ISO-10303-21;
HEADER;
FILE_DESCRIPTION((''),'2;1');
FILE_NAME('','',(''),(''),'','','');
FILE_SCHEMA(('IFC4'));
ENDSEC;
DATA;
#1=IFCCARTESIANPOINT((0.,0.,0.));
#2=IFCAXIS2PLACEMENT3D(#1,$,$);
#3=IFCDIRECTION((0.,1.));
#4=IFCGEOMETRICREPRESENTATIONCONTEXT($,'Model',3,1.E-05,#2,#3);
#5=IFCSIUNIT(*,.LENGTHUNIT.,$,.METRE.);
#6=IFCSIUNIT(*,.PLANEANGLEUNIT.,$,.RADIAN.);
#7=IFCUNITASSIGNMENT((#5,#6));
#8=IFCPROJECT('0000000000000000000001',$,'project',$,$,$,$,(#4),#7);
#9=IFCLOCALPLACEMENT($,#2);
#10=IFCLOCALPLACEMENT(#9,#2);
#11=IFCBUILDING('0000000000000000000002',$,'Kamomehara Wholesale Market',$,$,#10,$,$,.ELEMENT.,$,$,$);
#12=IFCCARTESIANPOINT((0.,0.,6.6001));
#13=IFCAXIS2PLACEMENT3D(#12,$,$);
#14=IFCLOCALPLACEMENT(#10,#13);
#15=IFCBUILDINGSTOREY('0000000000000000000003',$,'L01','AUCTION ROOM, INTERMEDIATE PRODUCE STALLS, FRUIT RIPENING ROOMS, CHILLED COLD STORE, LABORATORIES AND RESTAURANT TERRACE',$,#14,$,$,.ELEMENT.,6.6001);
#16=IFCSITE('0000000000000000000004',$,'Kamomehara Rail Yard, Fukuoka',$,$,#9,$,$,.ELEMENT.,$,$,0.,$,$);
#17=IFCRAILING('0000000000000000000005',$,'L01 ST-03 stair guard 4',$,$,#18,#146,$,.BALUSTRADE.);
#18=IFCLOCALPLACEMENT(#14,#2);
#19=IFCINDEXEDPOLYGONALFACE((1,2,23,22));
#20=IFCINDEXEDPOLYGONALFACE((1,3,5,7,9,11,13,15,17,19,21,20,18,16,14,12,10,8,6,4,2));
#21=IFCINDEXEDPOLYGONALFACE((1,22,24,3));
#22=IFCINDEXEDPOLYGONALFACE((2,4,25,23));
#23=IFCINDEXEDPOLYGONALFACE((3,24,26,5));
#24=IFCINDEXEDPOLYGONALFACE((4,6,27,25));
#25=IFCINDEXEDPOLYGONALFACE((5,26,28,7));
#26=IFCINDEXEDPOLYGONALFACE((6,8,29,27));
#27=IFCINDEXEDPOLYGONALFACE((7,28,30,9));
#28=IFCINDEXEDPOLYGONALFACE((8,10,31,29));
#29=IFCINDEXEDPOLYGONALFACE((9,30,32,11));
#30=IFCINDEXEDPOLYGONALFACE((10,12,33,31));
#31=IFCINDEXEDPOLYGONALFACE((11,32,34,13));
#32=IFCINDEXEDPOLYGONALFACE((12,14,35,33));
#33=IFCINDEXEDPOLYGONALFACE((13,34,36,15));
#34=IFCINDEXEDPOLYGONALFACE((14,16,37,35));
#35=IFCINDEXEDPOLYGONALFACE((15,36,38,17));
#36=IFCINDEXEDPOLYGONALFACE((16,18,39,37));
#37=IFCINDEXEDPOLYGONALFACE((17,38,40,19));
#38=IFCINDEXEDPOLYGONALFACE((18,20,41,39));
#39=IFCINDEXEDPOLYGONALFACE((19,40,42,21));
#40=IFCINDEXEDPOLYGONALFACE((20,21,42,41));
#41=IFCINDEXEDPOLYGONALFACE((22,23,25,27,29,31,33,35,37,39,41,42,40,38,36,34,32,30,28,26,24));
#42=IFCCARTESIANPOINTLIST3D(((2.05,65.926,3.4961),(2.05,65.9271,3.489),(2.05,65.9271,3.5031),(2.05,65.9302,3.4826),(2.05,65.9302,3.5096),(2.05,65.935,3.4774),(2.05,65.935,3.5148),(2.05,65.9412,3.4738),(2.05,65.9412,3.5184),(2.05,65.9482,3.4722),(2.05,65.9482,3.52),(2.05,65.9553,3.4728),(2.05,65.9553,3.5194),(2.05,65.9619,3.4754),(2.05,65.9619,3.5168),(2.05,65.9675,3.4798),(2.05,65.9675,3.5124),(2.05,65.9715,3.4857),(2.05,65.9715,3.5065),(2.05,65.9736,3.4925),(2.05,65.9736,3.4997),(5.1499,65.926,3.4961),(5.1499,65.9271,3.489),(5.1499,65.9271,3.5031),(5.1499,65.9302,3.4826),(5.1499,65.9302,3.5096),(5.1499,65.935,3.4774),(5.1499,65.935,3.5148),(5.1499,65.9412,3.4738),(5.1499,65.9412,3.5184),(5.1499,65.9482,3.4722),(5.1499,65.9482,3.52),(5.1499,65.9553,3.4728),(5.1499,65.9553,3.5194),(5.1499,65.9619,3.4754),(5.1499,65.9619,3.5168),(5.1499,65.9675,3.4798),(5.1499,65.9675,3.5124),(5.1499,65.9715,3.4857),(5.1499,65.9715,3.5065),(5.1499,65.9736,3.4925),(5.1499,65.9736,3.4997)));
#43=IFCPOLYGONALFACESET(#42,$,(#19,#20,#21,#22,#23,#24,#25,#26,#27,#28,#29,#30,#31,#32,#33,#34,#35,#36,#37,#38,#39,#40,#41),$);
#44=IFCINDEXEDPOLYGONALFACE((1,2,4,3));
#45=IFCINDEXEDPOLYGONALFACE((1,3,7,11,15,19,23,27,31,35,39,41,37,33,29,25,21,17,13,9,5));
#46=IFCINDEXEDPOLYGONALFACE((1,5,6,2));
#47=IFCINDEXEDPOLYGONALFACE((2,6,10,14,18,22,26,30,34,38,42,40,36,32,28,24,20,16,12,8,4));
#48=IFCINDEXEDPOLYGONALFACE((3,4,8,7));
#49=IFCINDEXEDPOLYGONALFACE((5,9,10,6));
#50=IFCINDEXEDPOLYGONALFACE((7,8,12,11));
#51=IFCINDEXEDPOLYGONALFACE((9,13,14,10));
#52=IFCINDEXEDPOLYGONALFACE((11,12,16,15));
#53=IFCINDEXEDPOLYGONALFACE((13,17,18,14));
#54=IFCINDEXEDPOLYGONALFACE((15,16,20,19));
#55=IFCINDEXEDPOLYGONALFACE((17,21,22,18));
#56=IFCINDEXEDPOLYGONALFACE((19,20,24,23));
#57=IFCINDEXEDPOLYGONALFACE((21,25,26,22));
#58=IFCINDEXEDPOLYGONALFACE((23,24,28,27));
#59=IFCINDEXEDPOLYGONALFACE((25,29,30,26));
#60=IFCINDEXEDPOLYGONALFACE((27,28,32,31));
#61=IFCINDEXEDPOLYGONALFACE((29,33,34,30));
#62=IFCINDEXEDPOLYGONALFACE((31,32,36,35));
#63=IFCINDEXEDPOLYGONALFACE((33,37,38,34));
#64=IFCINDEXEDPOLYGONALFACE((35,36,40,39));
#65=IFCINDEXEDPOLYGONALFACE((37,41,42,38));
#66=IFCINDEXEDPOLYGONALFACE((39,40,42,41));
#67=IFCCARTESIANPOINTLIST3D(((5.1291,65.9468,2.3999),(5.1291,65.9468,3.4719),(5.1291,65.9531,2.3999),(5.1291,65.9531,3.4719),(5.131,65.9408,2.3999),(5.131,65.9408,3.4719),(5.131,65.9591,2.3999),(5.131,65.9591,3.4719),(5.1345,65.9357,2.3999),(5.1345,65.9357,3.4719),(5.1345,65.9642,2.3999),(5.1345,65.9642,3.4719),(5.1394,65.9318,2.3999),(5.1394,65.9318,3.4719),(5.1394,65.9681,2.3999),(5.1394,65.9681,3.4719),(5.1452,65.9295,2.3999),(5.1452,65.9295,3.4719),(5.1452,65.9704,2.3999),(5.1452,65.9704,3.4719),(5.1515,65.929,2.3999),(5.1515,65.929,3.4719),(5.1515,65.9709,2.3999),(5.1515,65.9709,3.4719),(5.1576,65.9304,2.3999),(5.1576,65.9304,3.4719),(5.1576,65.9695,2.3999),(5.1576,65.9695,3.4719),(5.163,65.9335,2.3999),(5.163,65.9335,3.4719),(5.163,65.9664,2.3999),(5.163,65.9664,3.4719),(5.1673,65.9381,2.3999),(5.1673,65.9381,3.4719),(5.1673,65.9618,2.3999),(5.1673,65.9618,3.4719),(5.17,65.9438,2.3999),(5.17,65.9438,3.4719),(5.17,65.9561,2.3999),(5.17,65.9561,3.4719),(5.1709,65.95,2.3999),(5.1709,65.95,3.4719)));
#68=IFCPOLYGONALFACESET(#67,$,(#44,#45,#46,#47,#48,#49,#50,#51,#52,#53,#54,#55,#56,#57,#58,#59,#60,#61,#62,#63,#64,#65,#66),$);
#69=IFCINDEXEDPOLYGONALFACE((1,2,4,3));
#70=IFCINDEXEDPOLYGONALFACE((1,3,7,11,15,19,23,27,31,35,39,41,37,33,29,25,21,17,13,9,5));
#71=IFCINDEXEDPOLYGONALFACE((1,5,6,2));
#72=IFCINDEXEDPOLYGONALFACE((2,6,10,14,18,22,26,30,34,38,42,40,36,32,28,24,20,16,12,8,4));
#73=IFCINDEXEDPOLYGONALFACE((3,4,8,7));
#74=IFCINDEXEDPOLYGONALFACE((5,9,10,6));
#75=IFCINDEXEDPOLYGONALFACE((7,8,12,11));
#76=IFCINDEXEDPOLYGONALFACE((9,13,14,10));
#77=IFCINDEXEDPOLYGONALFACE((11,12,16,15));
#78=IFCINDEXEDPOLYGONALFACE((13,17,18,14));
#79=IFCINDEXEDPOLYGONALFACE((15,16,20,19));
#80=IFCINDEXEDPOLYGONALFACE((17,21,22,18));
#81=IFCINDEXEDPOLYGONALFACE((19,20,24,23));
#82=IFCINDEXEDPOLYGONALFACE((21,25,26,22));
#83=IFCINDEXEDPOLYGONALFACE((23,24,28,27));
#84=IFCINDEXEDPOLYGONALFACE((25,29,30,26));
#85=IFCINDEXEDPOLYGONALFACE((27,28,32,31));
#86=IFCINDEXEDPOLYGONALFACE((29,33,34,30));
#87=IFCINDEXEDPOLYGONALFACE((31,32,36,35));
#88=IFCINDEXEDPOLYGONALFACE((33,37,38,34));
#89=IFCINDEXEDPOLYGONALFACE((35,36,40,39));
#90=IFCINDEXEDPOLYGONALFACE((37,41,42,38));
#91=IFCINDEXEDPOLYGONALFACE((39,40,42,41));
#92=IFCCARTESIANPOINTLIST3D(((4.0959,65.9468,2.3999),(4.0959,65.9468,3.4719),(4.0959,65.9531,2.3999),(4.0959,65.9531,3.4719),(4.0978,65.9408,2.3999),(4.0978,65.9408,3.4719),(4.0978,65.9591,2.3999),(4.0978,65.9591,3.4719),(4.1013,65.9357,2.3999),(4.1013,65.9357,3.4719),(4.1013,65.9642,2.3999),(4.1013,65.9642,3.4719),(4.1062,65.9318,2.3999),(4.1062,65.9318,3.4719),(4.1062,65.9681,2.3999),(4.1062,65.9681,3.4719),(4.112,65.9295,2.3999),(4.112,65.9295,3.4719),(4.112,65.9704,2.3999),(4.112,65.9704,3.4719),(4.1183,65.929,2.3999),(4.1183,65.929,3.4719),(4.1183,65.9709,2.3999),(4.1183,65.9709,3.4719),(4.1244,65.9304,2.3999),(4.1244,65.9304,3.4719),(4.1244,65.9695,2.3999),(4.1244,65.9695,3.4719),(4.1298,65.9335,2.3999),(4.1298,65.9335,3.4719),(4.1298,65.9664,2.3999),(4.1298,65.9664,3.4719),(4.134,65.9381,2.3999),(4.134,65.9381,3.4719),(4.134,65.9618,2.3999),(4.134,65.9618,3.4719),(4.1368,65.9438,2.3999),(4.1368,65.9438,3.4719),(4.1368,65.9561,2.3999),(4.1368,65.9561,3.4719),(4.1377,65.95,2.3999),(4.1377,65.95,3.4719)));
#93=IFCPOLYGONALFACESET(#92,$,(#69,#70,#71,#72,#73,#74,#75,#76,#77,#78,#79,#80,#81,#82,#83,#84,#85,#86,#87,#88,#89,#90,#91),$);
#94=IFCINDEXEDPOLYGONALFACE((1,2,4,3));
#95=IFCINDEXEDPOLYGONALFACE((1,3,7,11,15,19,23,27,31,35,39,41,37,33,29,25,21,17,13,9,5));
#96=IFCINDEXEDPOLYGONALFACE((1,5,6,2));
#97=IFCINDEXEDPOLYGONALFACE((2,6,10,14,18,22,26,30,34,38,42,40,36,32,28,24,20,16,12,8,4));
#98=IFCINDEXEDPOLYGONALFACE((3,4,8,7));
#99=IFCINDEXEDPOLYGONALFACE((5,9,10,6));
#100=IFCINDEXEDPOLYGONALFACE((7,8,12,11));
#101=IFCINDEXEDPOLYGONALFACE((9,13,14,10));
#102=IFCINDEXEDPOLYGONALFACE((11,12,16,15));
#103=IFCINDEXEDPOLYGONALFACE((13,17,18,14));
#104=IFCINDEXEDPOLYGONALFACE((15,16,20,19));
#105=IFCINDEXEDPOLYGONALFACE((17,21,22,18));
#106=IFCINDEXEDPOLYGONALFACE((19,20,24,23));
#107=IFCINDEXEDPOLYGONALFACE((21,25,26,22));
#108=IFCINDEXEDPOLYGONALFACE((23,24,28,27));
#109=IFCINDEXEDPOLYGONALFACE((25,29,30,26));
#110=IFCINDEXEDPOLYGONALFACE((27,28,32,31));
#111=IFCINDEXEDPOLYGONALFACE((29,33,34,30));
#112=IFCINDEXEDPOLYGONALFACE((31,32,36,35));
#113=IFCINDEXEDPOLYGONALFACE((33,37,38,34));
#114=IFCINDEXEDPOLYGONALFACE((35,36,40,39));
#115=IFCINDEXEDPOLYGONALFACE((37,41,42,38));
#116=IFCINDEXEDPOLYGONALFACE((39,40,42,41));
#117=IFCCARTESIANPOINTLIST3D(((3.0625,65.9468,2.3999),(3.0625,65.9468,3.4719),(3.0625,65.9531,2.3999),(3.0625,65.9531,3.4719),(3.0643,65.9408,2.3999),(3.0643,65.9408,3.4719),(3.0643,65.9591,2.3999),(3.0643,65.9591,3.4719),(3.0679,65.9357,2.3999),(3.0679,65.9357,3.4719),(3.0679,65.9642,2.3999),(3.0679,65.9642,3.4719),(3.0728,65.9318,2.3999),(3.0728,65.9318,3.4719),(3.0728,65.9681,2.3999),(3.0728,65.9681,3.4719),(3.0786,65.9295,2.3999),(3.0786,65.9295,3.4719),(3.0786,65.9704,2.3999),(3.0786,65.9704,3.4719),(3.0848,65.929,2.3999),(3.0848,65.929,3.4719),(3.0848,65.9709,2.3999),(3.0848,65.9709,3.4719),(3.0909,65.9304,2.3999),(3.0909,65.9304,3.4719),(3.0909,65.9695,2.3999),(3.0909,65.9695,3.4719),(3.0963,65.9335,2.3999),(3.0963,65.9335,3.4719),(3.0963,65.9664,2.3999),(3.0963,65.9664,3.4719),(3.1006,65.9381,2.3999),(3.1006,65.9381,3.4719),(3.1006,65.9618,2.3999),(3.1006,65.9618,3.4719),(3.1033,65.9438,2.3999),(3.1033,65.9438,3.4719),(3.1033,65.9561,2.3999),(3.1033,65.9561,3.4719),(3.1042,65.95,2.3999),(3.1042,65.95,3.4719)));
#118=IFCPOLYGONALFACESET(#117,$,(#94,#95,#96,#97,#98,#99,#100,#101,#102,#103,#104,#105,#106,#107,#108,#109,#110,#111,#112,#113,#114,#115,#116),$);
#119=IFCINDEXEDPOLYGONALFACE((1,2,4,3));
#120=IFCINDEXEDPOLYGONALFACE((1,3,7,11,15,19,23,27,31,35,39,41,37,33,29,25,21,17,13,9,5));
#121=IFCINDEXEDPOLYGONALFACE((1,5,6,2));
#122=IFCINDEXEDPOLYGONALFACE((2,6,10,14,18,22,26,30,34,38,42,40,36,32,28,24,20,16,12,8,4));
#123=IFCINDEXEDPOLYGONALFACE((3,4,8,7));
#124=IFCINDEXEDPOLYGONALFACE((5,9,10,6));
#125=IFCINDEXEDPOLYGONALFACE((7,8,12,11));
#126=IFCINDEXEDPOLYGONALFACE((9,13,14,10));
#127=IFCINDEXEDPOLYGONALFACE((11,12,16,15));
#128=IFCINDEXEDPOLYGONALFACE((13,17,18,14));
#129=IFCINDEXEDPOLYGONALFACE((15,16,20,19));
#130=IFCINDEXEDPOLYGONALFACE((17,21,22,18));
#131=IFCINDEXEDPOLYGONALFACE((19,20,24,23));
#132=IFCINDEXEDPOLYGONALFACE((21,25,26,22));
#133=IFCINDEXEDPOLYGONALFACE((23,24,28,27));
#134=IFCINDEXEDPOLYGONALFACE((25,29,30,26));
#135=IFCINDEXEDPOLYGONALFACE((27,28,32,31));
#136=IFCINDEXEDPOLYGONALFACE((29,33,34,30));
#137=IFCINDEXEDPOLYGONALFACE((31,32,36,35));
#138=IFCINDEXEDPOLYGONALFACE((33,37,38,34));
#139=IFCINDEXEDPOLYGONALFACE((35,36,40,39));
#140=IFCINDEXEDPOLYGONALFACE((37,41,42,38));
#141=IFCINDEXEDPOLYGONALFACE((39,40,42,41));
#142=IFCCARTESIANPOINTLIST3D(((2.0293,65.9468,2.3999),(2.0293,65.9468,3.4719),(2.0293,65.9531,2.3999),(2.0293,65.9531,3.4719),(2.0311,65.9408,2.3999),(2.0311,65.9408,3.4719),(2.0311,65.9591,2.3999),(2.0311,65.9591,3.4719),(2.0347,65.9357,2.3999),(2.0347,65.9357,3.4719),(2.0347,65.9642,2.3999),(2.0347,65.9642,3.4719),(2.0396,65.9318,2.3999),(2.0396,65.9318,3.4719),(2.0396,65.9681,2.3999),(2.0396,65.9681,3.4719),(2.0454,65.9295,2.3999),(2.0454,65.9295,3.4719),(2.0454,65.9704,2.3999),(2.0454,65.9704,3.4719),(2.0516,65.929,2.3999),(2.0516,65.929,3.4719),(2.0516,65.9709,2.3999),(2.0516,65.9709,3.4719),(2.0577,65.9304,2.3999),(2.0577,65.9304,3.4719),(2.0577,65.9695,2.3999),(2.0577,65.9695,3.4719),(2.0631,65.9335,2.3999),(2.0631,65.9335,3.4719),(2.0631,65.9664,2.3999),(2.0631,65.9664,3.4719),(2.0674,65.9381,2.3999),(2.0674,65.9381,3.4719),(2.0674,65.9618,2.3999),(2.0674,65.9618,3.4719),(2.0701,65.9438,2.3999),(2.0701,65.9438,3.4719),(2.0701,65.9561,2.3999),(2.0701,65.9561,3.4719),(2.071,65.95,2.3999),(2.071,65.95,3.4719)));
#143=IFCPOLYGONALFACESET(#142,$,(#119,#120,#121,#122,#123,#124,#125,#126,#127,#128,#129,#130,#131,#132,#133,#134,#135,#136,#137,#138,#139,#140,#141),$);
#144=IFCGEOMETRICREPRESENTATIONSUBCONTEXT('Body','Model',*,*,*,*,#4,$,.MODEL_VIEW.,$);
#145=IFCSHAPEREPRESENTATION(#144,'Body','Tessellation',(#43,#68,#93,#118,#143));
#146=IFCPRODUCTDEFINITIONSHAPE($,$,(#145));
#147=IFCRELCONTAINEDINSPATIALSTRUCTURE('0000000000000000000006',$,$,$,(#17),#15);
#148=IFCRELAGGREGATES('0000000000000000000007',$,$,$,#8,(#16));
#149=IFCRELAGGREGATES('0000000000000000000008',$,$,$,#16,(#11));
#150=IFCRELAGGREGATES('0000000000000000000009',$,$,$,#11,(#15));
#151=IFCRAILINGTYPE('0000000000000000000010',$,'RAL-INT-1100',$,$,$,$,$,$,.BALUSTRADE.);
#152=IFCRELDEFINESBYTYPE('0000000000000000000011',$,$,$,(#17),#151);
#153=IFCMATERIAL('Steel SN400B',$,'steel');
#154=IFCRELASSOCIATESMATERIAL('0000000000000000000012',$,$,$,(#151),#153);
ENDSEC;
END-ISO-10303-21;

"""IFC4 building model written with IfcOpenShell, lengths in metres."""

from ifc_helpers import new_model, si_unit, direction, frame, origin, origin_2d, place, context, subcontext, project, spatial, circle, extrude, material, type_object, element, save


model = new_model("IFC4")

# Units and contexts
model_context = context("Model", 3, precision=1e-05, world=origin(), true_north=direction((0.0, 1.0)))
body_context = subcontext(model_context, "Body", "Model", "MODEL_VIEW")
ifc_project = project(units=[si_unit("LENGTHUNIT", "METRE"), si_unit("PLANEANGLEUNIT", "RADIAN")], contexts=[model_context])

# Site, building, storey
site_placement = place(None, origin())
site = spatial("IfcSite", under=ifc_project, at=site_placement, Name="Kamomehara Rail Yard, Fukuoka", CompositionType="ELEMENT", RefElevation=0.0)
building_placement = place(site_placement, origin())
building = spatial("IfcBuilding", under=site, at=building_placement, Name="Kamomehara Wholesale Market", CompositionType="ELEMENT")
storey_placement = place(building_placement, frame((0.0, 0.0, 6.6001)))
storey = spatial("IfcBuildingStorey", under=building, at=storey_placement, Name="L01", Description="AUCTION ROOM, INTERMEDIATE PRODUCE STALLS, FRUIT RIPENING ROOMS, CHILLED COLD STORE, LABORATORIES AND RESTAURANT TERRACE", CompositionType="ELEMENT", Elevation=6.6001)

# Railing
ifc_material_1 = material(Name="Steel SN400B", Category="steel")
railing_type = type_object("IfcRailingType", Name="RAL-INT-1100", PredefinedType="BALUSTRADE", material=ifc_material_1)
railing_1_placement = place(storey_placement, frame((5.1499, 65.95, 2.3999)))
element("IfcRailing", 1, at=railing_1_placement, inside=storey, type_object=railing_type, Name="L01 ST-03 stair guard 4", PredefinedType="BALUSTRADE", context=body_context, shape_type="SweptSolid", body=[
    extrude(circle(Radius=0.0239, at=origin_2d()), frame((0.0, 0.0, 1.0962), z_axis=(-1.0, 0.0, 0.0), x_axis=(0.0, -1.0, 0.0)), (0.0, 0.0, 1.0), 3.0999),
    extrude(circle(Radius=0.021, at=origin_2d()), origin(), (0.0, 0.0, 1.0), 1.072),
    extrude(circle(Radius=0.021, at=origin_2d()), frame((-1.0332, 0.0, 0.0)), (0.0, 0.0, 1.0), 1.072),
    extrude(circle(Radius=0.021, at=origin_2d()), frame((-2.0667, 0.0, 0.0)), (0.0, 0.0, 1.0), 1.072),
    extrude(circle(Radius=0.021, at=origin_2d()), frame((-3.0999, 0.0, 0.0)), (0.0, 0.0, 1.0), 1.072),
])

save(model, "model.ifc")
